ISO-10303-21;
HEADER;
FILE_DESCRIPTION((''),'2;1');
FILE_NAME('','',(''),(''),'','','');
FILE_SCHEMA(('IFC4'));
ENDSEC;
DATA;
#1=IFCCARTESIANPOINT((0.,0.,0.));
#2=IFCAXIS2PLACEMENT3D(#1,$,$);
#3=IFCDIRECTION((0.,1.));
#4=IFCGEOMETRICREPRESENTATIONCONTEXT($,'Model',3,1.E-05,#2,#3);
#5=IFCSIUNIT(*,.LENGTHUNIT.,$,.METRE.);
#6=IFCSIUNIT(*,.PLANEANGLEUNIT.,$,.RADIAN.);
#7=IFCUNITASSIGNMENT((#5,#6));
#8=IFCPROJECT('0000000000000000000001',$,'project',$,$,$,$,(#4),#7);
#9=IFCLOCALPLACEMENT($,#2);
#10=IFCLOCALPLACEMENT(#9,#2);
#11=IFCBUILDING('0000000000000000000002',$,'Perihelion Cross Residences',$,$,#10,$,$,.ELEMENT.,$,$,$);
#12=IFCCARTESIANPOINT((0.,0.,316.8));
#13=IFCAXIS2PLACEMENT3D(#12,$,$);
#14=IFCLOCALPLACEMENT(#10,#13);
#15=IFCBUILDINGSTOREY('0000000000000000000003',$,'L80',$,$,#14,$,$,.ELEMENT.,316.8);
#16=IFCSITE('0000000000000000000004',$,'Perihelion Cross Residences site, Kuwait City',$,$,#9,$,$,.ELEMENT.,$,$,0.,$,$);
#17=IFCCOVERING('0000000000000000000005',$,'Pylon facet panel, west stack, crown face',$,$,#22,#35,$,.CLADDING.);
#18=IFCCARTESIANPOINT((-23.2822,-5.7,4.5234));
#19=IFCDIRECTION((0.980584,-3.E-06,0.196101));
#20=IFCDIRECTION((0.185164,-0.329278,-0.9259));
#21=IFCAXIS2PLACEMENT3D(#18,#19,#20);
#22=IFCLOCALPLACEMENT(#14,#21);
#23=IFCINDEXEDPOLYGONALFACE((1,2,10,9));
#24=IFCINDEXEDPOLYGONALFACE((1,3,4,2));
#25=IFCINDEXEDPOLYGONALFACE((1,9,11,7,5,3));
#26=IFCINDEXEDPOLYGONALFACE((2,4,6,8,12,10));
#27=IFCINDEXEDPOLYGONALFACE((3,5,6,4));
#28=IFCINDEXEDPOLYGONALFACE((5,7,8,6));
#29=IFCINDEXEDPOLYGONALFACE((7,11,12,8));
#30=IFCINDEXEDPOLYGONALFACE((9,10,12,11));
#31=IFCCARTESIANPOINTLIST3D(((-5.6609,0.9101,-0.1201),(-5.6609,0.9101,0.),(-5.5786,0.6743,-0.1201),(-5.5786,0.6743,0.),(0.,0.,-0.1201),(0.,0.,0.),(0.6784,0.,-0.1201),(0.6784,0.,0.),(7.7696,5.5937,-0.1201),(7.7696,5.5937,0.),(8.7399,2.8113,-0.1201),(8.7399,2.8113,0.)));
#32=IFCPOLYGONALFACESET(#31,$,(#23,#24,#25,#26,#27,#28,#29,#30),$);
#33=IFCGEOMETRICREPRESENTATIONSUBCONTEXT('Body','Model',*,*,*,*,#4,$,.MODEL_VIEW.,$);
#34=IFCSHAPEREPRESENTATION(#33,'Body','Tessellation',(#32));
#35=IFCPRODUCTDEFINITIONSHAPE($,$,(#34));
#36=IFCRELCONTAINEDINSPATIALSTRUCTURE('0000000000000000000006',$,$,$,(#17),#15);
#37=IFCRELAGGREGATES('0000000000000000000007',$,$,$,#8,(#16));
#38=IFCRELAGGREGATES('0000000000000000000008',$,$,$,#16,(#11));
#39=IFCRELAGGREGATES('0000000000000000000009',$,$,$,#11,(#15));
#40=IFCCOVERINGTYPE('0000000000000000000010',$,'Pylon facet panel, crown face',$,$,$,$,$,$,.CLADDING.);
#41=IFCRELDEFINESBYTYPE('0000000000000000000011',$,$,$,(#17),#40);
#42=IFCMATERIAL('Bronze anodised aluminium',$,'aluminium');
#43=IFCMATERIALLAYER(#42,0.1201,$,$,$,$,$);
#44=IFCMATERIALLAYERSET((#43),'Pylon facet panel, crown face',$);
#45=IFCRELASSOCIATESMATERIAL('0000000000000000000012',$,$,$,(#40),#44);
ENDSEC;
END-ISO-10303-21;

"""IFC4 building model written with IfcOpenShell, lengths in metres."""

from ifc_helpers import new_model, si_unit, direction, frame, origin, place, context, subcontext, project, spatial, polyline, outline, extrude, material, layer, layer_set, type_object, element, save


model = new_model("IFC4")

# Units and contexts
model_context = context("Model", 3, precision=1e-05, world=origin(), true_north=direction((0.0, 1.0)))
body_context = subcontext(model_context, "Body", "Model", "MODEL_VIEW")
ifc_project = project(units=[si_unit("LENGTHUNIT", "METRE"), si_unit("PLANEANGLEUNIT", "RADIAN")], contexts=[model_context])

# Site, building, storey
site_placement = place(None, origin())
site = spatial("IfcSite", under=ifc_project, at=site_placement, Name="Perihelion Cross Residences site, Kuwait City", CompositionType="ELEMENT", RefElevation=0.0)
building_placement = place(site_placement, origin())
building = spatial("IfcBuilding", under=site, at=building_placement, Name="Perihelion Cross Residences", CompositionType="ELEMENT")
storey_placement = place(building_placement, frame((0.0, 0.0, 316.8)))
storey = spatial("IfcBuildingStorey", under=building, at=storey_placement, Name="L80", CompositionType="ELEMENT", Elevation=316.8)

# Covering
ifc_material_1 = material(Name="Bronze anodised aluminium", Category="aluminium")
ifc_layer_1 = layer(ifc_material_1, 0.1201)
ifc_layer_set_1 = layer_set([ifc_layer_1], Name="Pylon facet panel, crown face")
covering_type_1 = type_object("IfcCoveringType", Name="Pylon facet panel, crown face", PredefinedType="CLADDING", material=ifc_layer_set_1)
covering_1_placement = place(storey_placement, frame((-23.2822, -5.7, 4.5234), z_axis=(0.980584, -0.000003, 0.196101), x_axis=(0.185164, -0.329278, -0.9259)))
element("IfcCovering", 1, at=covering_1_placement, inside=storey, type_object=covering_type_1, Name="Pylon facet panel, west stack, crown face", PredefinedType="CLADDING", context=body_context, shape_type="SweptSolid", body=[
    extrude(outline(polyline([(0.0, 0.0), (0.6784, 0.0), (8.7399, 2.8113), (7.7696, 5.5937), (-5.6609, 0.9101), (-5.5786, 0.6743), (0.0, 0.0)])), origin(), (0.0, 0.0, -1.0), 0.1201),
])

save(model, "model.ifc")
